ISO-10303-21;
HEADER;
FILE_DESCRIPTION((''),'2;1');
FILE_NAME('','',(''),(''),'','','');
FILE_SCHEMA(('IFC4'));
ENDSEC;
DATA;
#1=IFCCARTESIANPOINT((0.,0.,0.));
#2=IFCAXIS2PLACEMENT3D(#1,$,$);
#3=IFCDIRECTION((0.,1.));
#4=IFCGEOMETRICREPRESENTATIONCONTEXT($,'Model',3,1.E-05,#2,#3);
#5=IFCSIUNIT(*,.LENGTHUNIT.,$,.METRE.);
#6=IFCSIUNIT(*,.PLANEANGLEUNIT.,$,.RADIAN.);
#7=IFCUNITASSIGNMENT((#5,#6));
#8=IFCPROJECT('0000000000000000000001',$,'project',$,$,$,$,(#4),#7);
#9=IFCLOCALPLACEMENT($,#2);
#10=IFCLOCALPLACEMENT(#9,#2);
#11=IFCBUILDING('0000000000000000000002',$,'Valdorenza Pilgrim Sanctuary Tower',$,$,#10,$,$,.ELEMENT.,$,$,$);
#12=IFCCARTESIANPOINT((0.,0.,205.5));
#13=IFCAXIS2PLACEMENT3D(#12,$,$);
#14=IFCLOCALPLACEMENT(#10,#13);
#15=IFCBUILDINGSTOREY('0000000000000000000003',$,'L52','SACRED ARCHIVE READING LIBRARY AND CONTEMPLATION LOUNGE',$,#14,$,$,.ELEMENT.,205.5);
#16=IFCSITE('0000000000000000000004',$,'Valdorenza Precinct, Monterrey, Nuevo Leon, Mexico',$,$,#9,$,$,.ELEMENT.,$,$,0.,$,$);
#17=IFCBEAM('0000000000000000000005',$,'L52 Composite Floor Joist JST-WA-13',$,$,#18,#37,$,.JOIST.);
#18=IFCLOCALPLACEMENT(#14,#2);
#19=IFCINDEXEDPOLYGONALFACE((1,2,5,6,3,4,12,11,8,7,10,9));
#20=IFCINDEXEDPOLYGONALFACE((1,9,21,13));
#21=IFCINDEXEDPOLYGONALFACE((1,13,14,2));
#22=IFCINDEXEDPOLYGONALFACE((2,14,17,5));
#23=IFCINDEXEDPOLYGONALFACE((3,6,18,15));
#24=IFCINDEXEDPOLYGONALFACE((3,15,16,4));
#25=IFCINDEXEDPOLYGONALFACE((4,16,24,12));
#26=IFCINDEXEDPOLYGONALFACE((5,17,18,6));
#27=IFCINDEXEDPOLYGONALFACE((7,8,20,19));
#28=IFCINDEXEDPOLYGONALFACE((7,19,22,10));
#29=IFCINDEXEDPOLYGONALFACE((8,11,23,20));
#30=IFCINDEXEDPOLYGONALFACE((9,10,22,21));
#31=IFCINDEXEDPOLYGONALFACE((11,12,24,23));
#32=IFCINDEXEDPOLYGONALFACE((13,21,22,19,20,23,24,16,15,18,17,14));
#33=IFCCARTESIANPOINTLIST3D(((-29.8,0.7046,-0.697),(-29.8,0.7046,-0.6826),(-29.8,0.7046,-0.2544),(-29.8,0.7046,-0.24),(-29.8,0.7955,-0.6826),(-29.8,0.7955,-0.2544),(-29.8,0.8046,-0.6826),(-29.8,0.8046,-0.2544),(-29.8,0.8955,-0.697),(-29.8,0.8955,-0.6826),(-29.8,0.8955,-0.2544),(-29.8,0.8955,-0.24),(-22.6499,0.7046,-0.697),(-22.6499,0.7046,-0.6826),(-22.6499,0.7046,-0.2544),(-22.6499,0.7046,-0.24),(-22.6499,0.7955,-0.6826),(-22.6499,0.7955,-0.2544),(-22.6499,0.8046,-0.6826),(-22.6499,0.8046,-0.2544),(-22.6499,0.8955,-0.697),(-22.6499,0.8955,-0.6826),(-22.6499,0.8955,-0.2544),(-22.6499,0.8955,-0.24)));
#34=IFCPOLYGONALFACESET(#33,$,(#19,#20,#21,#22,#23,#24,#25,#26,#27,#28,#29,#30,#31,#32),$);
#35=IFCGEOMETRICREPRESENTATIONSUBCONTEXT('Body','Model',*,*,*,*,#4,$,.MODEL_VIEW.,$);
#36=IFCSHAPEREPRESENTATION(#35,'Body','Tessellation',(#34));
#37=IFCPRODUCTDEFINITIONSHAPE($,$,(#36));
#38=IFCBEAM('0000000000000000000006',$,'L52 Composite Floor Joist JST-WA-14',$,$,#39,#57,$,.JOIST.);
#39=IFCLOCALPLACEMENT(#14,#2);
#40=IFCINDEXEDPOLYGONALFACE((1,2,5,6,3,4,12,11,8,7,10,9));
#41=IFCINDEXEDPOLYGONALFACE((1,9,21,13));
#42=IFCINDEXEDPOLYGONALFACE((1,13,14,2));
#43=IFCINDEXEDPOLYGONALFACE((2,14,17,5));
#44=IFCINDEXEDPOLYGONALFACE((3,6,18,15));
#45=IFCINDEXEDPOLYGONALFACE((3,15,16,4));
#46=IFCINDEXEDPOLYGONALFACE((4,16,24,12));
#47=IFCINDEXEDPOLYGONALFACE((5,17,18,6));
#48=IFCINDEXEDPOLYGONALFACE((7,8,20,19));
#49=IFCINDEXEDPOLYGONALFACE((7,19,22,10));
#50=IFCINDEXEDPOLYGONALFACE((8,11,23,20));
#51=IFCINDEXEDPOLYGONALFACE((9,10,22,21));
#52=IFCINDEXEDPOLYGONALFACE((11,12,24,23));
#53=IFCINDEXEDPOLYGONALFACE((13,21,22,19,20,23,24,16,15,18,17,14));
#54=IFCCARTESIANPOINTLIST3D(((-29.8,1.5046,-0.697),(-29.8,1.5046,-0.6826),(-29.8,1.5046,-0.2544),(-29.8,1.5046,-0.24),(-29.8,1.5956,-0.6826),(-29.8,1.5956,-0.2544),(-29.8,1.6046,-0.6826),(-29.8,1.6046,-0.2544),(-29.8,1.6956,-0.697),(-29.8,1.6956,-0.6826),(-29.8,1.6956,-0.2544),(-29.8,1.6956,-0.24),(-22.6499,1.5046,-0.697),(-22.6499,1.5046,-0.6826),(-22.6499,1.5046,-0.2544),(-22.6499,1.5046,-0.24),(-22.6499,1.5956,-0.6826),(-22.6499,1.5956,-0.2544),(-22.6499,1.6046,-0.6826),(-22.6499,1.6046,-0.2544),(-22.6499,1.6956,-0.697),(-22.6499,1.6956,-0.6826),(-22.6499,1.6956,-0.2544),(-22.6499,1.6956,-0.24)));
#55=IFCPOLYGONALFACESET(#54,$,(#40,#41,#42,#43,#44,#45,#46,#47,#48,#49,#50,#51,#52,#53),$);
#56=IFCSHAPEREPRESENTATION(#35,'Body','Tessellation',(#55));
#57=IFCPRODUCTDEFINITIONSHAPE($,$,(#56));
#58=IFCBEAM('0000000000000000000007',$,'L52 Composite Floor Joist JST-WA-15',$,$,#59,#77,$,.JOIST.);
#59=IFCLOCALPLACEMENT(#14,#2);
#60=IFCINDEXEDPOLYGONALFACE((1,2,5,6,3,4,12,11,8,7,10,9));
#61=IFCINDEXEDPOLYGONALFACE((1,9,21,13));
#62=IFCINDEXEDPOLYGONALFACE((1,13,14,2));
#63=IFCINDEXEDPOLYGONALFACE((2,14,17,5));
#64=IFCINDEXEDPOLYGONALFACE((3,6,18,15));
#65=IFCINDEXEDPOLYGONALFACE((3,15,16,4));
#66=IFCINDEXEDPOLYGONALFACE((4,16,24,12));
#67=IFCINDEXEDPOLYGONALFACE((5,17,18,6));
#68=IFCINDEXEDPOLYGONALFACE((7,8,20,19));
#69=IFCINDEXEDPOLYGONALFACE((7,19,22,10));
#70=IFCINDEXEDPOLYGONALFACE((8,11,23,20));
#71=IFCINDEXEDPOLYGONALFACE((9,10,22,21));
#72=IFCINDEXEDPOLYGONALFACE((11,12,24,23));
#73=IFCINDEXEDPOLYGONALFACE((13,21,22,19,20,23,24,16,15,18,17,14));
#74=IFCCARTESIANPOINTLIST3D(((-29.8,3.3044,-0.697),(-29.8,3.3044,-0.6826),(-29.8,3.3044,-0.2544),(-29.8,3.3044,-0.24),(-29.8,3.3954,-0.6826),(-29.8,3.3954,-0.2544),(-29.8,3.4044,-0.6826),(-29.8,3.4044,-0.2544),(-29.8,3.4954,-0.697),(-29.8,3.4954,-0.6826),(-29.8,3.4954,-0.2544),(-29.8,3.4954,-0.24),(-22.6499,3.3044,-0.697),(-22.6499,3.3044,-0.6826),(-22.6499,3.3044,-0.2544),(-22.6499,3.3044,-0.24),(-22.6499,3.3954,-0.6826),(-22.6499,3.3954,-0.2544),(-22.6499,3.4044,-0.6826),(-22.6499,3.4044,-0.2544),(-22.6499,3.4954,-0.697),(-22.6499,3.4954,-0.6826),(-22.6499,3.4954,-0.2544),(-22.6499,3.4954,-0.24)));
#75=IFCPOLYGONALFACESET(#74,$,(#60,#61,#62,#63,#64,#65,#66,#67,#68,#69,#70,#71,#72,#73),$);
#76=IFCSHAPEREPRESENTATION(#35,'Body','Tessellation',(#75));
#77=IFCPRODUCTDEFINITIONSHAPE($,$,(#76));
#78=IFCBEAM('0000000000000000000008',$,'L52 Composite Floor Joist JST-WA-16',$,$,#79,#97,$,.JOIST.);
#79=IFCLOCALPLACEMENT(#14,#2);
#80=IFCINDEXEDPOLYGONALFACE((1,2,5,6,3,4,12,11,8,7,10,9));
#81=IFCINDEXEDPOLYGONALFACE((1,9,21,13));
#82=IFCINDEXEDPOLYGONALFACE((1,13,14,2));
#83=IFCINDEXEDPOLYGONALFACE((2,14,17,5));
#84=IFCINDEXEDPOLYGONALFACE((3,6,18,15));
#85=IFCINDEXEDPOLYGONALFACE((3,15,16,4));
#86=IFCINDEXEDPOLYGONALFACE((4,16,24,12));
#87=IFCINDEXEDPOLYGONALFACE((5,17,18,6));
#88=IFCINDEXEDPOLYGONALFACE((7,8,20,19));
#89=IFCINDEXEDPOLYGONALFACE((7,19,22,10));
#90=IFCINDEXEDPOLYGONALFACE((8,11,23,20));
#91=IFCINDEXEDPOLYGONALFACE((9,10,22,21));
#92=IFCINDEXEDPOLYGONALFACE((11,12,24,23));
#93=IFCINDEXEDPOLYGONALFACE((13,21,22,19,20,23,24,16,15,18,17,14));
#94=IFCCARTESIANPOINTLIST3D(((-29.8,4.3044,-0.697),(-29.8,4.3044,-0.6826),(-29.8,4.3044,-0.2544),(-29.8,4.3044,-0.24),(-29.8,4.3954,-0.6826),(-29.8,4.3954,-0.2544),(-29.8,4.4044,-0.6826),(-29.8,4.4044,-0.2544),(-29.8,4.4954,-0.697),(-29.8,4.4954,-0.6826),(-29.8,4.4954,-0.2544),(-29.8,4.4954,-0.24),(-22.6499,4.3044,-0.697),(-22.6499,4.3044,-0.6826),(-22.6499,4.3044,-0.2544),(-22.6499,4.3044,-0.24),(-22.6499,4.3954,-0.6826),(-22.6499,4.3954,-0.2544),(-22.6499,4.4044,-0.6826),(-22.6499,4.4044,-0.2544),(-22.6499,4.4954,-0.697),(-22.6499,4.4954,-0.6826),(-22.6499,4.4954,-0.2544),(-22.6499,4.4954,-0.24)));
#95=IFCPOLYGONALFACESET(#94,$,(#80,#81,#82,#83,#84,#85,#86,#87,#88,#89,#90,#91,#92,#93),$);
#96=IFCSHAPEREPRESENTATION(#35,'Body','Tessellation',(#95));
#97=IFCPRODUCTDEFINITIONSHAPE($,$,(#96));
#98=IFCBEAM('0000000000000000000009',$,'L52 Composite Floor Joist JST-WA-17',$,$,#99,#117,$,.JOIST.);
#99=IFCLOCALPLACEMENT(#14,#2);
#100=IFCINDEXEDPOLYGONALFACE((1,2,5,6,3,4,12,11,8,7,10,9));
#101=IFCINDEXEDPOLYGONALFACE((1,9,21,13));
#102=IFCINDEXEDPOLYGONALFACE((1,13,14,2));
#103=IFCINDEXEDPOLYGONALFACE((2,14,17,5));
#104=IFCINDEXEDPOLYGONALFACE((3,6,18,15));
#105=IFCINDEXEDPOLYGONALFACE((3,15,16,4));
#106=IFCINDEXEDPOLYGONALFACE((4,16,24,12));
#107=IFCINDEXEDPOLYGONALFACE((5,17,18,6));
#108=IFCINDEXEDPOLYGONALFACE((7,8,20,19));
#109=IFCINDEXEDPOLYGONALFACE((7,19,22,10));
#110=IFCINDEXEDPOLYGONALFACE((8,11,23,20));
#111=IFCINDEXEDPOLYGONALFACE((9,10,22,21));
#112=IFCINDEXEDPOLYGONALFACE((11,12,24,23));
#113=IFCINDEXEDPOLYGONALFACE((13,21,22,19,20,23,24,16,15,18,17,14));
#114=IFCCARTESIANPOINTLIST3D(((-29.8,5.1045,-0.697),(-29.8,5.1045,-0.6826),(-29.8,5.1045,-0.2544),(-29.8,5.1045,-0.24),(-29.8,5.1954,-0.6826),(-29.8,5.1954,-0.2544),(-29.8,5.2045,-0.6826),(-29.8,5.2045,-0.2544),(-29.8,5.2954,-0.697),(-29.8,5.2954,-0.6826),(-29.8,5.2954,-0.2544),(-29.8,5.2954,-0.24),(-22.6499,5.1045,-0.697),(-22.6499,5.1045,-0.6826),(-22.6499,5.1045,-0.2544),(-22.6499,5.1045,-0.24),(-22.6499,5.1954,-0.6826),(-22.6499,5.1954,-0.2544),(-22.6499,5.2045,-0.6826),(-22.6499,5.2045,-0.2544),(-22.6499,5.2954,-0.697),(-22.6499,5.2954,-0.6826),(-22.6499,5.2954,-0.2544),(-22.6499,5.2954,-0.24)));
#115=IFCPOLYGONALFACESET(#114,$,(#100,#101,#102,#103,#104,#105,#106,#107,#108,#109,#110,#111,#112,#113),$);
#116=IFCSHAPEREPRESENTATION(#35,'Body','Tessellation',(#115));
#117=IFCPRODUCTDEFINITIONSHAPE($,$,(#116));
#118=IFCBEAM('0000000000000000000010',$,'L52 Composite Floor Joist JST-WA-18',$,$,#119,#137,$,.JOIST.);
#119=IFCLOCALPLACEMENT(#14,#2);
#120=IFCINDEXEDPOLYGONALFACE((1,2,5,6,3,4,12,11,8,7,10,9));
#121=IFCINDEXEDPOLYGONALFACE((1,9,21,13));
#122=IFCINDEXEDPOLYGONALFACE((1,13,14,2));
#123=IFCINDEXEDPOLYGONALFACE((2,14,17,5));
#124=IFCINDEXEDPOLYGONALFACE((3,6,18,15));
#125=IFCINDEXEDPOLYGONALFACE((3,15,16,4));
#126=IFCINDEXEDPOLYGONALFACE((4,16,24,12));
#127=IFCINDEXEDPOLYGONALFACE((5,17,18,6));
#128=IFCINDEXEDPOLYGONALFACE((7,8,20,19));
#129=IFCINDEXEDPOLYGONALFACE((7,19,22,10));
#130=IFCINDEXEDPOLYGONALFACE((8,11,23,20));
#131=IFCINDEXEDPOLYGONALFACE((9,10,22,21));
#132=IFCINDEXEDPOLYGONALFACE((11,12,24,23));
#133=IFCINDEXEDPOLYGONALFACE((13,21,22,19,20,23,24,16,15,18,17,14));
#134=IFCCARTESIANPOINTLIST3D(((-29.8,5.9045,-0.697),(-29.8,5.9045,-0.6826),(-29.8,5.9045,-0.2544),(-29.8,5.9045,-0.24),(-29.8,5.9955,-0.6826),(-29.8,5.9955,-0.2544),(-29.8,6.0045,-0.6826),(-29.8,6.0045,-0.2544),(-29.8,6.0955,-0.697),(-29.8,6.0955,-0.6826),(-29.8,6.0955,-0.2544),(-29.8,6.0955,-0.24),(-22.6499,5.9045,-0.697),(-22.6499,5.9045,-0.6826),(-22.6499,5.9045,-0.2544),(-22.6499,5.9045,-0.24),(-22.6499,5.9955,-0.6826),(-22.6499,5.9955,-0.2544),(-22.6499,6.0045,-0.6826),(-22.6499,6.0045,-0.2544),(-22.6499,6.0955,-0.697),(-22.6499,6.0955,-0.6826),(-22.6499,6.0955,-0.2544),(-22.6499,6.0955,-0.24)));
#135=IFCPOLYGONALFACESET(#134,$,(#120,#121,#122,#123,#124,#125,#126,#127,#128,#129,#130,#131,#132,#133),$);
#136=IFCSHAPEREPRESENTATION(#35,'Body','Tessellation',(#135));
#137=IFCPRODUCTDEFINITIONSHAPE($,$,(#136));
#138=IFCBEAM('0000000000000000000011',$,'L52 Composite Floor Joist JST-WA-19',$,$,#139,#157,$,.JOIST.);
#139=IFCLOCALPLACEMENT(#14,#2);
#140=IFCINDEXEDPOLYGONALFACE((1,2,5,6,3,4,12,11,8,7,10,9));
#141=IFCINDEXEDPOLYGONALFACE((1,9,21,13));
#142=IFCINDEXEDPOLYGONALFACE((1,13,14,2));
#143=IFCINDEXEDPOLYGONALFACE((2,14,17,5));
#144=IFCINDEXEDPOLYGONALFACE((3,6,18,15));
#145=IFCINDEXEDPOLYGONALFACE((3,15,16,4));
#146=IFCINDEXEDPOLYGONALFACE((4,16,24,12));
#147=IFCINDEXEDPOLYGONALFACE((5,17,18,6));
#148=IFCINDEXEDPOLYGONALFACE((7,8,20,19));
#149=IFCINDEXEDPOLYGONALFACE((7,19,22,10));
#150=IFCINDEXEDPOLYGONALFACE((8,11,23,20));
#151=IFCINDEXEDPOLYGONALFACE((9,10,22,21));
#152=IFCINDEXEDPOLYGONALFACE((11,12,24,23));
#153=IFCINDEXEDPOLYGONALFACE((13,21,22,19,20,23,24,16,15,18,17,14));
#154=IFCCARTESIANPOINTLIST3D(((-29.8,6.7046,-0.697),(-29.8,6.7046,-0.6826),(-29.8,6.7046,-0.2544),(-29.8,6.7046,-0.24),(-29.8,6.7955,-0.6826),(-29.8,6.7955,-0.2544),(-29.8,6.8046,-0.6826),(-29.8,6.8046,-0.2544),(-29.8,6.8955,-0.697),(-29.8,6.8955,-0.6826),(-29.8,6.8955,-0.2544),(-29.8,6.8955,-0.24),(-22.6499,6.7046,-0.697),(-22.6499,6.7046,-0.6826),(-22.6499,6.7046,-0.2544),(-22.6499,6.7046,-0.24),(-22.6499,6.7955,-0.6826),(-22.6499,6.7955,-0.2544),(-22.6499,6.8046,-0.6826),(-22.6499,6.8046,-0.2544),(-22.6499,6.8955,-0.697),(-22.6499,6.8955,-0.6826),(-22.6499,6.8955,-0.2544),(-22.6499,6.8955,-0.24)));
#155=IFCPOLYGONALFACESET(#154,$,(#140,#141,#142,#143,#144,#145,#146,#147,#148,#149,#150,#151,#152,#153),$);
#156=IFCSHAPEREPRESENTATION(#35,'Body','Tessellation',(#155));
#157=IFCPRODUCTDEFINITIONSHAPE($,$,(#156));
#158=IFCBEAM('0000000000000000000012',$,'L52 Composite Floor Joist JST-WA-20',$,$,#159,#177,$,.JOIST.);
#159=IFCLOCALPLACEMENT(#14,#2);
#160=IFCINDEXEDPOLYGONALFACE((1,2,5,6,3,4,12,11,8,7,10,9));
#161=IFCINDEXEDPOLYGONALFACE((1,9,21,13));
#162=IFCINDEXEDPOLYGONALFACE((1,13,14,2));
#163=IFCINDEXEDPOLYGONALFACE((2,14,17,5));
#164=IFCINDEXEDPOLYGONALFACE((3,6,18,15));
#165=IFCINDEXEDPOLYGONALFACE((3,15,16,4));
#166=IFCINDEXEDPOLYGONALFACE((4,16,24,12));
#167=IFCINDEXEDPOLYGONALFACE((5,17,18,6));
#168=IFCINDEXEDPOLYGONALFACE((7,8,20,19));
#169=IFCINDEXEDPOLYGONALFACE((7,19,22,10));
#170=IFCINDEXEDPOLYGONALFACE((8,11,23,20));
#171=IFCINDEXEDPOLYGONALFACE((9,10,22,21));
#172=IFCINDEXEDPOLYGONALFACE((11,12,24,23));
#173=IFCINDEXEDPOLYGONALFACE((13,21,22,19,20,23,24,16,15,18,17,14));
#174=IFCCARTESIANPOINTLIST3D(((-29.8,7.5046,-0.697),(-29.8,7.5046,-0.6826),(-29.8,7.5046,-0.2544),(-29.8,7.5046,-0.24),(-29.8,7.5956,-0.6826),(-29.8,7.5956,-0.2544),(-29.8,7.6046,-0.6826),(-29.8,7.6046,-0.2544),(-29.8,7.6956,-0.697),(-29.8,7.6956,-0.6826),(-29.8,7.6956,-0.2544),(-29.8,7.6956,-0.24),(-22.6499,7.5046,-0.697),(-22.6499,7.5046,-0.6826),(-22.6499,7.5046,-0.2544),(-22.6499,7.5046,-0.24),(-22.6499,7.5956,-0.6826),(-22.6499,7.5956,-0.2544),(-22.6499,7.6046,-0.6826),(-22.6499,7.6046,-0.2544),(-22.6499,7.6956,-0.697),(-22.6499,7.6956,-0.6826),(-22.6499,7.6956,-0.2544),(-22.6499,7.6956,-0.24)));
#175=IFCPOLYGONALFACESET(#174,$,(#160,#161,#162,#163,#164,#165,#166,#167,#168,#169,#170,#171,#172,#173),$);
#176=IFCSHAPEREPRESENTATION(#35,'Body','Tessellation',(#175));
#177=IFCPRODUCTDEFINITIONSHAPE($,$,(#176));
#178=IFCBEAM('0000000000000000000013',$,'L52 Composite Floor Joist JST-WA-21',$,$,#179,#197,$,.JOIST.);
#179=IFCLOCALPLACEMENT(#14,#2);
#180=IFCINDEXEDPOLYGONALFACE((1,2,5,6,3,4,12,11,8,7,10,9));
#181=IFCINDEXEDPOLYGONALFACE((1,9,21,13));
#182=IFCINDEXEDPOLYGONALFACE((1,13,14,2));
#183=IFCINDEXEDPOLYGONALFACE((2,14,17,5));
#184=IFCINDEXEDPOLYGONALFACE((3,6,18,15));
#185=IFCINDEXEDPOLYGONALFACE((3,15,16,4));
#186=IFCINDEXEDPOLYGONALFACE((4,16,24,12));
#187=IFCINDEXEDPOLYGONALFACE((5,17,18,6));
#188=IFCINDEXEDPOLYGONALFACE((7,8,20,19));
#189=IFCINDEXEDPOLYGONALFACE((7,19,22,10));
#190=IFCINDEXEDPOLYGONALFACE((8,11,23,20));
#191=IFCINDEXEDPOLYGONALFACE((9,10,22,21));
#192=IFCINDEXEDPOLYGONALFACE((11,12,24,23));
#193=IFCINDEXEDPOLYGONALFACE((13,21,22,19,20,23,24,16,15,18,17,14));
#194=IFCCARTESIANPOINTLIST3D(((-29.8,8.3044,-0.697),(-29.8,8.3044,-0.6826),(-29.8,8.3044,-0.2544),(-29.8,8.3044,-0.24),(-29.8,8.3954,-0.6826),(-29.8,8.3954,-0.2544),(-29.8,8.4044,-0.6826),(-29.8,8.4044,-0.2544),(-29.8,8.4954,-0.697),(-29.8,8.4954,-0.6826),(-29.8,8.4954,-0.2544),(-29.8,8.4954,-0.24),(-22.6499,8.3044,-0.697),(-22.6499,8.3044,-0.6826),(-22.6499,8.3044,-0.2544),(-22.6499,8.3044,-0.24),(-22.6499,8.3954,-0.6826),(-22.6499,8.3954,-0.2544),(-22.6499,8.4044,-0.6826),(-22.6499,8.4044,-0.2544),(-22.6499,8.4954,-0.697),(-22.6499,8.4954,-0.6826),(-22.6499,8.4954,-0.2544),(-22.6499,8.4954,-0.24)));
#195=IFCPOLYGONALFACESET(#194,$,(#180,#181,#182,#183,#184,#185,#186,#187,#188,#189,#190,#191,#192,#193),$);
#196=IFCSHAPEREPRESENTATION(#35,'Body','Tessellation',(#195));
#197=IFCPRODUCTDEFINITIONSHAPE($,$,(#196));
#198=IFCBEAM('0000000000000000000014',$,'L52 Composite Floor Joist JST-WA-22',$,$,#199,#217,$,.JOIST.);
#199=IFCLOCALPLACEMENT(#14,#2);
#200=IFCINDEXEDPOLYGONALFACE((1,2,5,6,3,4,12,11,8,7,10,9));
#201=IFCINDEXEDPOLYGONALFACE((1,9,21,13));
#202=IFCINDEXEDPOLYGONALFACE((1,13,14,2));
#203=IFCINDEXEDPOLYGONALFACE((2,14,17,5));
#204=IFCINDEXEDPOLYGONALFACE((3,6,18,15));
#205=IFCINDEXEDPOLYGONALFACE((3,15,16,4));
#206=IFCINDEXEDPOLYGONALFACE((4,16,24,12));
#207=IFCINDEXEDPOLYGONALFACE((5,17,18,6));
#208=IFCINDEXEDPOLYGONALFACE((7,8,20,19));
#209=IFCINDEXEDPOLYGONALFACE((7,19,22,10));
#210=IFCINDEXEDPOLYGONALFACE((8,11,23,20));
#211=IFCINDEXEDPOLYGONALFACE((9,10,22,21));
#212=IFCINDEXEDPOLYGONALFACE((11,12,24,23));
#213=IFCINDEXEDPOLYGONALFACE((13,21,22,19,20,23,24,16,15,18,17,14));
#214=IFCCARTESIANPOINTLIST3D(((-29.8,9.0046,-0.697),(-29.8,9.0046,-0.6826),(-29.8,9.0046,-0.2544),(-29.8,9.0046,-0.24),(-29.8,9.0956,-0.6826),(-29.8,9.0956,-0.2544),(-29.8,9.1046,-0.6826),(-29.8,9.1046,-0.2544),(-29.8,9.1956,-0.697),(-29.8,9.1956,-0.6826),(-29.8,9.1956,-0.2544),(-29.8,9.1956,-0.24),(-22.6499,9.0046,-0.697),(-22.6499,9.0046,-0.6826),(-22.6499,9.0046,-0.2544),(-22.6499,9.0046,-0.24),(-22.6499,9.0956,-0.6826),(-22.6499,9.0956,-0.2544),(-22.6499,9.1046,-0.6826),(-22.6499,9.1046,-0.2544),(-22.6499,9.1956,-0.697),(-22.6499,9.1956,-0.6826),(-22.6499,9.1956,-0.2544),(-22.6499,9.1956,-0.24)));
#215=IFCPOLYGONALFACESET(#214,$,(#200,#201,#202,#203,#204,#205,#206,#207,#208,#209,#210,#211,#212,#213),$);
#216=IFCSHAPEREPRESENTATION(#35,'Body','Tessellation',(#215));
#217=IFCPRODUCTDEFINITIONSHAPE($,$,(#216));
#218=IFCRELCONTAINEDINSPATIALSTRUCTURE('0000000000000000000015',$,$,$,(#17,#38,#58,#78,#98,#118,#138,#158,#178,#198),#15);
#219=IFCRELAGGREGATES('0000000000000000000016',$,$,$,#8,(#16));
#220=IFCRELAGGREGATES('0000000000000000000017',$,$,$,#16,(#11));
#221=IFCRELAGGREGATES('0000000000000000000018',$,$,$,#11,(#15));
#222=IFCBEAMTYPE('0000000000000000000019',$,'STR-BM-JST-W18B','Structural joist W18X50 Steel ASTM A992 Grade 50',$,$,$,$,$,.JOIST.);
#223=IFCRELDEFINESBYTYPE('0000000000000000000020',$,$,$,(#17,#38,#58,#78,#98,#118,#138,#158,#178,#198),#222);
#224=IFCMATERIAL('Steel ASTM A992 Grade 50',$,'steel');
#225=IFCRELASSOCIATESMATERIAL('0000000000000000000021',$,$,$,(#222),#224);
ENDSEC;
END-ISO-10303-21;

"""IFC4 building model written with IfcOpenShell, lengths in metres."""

from ifc_helpers import new_model, si_unit, direction, frame, origin, origin_2d, place, context, subcontext, project, spatial, i_section, extrude, source, transform, mapped, material, material_profile, profile_set, type_object, element, save


model = new_model("IFC4")

# Units and contexts
model_context = context("Model", 3, precision=1e-05, world=origin(), true_north=direction((0.0, 1.0)))
body_context = subcontext(model_context, "Body", "Model", "MODEL_VIEW")
ifc_project = project(units=[si_unit("LENGTHUNIT", "METRE"), si_unit("PLANEANGLEUNIT", "RADIAN")], contexts=[model_context])

# Site, building, storey
site_placement = place(None, origin())
site = spatial("IfcSite", under=ifc_project, at=site_placement, Name="Valdorenza Precinct, Monterrey, Nuevo Leon, Mexico", CompositionType="ELEMENT", RefElevation=0.0)
building_placement = place(site_placement, origin())
building = spatial("IfcBuilding", under=site, at=building_placement, Name="Valdorenza Pilgrim Sanctuary Tower", CompositionType="ELEMENT")
storey_placement = place(building_placement, frame((0.0, 0.0, 205.5)))
storey = spatial("IfcBuildingStorey", under=building, at=storey_placement, Name="L52", Description="SACRED ARCHIVE READING LIBRARY AND CONTEMPLATION LOUNGE", CompositionType="ELEMENT", Elevation=205.5)

# Beams
ifc_material_1 = material(Name="Steel ASTM A992 Grade 50", Category="steel")
ifc_material_profile_1 = material_profile(ifc_material_1, i_section(OverallWidth=0.1909, OverallDepth=0.457, WebThickness=0.009, FlangeThickness=0.0144, at=origin_2d()), Name="W18X50")
ifc_profile_set_1 = profile_set([ifc_material_profile_1], Name="Steel ASTM A992 Grade 50")
beam_type = type_object("IfcBeamType", Name="STR-BM-JST-W18B", Description="Structural joist W18X50 Steel ASTM A992 Grade 50", PredefinedType="JOIST", material=ifc_profile_set_1)
shared_shape_1 = source(origin(), body_context, "Body", "SweptSolid", [
    extrude(i_section(OverallWidth=0.1909, OverallDepth=0.457, WebThickness=0.009, FlangeThickness=0.0144, at=origin_2d()), origin(), (0.0, 0.0, 1.0), 7.1501),
])
for number, where, z_axis, x_axis, name in (
    (1, (-29.8, 0.8, -0.4685), (1.0, 0.0, 0.0), (0.0, 1.0, 0.0), "L52 Composite Floor Joist JST-WA-13"),
    (2, (-29.8, 1.6001, -0.4685), (1.0, 0.0, 0.0), (0.0, 1.0, 0.0), "L52 Composite Floor Joist JST-WA-14"),
    (3, (-29.8, 3.3999, -0.4685), (1.0, 0.0, 0.0), (0.0, 1.0, 0.0), "L52 Composite Floor Joist JST-WA-15"),
    (4, (-29.8, 4.3999, -0.4685), (1.0, 0.0, 0.0), (0.0, 1.0, 0.0), "L52 Composite Floor Joist JST-WA-16"),
    (5, (-29.8, 5.2, -0.4685), (1.0, 0.0, 0.0), (0.0, 1.0, 0.0), "L52 Composite Floor Joist JST-WA-17"),
    (6, (-29.8, 6.0, -0.4685), (1.0, 0.0, 0.0), (0.0, 1.0, 0.0), "L52 Composite Floor Joist JST-WA-18"),
    (7, (-29.8, 6.8, -0.4685), (1.0, 0.0, 0.0), (0.0, 1.0, 0.0), "L52 Composite Floor Joist JST-WA-19"),
    (8, (-29.8, 7.6001, -0.4685), (1.0, 0.0, 0.0), (0.0, 1.0, 0.0), "L52 Composite Floor Joist JST-WA-20"),
    (9, (-29.8, 8.3999, -0.4685), (1.0, 0.0, 0.0), (0.0, 1.0, 0.0), "L52 Composite Floor Joist JST-WA-21"),
    (10, (-29.8, 9.1001, -0.4685), (1.0, 0.0, 0.0), (0.0, 1.0, 0.0), "L52 Composite Floor Joist JST-WA-22"),
):
    element("IfcBeam", number, at=place(storey_placement, frame(where, z_axis=z_axis, x_axis=x_axis)), inside=storey, type_object=beam_type, Name=name, PredefinedType="JOIST", context=body_context, shape_type="MappedRepresentation", body=[
        mapped(shared_shape_1, transform((0.0, 0.0, 0.0), x_axis=(1.0, 0.0, 0.0), y_axis=(0.0, 1.0, 0.0), z_axis=(0.0, 0.0, 1.0), scale=1.0)),
    ])

save(model, "model.ifc")
